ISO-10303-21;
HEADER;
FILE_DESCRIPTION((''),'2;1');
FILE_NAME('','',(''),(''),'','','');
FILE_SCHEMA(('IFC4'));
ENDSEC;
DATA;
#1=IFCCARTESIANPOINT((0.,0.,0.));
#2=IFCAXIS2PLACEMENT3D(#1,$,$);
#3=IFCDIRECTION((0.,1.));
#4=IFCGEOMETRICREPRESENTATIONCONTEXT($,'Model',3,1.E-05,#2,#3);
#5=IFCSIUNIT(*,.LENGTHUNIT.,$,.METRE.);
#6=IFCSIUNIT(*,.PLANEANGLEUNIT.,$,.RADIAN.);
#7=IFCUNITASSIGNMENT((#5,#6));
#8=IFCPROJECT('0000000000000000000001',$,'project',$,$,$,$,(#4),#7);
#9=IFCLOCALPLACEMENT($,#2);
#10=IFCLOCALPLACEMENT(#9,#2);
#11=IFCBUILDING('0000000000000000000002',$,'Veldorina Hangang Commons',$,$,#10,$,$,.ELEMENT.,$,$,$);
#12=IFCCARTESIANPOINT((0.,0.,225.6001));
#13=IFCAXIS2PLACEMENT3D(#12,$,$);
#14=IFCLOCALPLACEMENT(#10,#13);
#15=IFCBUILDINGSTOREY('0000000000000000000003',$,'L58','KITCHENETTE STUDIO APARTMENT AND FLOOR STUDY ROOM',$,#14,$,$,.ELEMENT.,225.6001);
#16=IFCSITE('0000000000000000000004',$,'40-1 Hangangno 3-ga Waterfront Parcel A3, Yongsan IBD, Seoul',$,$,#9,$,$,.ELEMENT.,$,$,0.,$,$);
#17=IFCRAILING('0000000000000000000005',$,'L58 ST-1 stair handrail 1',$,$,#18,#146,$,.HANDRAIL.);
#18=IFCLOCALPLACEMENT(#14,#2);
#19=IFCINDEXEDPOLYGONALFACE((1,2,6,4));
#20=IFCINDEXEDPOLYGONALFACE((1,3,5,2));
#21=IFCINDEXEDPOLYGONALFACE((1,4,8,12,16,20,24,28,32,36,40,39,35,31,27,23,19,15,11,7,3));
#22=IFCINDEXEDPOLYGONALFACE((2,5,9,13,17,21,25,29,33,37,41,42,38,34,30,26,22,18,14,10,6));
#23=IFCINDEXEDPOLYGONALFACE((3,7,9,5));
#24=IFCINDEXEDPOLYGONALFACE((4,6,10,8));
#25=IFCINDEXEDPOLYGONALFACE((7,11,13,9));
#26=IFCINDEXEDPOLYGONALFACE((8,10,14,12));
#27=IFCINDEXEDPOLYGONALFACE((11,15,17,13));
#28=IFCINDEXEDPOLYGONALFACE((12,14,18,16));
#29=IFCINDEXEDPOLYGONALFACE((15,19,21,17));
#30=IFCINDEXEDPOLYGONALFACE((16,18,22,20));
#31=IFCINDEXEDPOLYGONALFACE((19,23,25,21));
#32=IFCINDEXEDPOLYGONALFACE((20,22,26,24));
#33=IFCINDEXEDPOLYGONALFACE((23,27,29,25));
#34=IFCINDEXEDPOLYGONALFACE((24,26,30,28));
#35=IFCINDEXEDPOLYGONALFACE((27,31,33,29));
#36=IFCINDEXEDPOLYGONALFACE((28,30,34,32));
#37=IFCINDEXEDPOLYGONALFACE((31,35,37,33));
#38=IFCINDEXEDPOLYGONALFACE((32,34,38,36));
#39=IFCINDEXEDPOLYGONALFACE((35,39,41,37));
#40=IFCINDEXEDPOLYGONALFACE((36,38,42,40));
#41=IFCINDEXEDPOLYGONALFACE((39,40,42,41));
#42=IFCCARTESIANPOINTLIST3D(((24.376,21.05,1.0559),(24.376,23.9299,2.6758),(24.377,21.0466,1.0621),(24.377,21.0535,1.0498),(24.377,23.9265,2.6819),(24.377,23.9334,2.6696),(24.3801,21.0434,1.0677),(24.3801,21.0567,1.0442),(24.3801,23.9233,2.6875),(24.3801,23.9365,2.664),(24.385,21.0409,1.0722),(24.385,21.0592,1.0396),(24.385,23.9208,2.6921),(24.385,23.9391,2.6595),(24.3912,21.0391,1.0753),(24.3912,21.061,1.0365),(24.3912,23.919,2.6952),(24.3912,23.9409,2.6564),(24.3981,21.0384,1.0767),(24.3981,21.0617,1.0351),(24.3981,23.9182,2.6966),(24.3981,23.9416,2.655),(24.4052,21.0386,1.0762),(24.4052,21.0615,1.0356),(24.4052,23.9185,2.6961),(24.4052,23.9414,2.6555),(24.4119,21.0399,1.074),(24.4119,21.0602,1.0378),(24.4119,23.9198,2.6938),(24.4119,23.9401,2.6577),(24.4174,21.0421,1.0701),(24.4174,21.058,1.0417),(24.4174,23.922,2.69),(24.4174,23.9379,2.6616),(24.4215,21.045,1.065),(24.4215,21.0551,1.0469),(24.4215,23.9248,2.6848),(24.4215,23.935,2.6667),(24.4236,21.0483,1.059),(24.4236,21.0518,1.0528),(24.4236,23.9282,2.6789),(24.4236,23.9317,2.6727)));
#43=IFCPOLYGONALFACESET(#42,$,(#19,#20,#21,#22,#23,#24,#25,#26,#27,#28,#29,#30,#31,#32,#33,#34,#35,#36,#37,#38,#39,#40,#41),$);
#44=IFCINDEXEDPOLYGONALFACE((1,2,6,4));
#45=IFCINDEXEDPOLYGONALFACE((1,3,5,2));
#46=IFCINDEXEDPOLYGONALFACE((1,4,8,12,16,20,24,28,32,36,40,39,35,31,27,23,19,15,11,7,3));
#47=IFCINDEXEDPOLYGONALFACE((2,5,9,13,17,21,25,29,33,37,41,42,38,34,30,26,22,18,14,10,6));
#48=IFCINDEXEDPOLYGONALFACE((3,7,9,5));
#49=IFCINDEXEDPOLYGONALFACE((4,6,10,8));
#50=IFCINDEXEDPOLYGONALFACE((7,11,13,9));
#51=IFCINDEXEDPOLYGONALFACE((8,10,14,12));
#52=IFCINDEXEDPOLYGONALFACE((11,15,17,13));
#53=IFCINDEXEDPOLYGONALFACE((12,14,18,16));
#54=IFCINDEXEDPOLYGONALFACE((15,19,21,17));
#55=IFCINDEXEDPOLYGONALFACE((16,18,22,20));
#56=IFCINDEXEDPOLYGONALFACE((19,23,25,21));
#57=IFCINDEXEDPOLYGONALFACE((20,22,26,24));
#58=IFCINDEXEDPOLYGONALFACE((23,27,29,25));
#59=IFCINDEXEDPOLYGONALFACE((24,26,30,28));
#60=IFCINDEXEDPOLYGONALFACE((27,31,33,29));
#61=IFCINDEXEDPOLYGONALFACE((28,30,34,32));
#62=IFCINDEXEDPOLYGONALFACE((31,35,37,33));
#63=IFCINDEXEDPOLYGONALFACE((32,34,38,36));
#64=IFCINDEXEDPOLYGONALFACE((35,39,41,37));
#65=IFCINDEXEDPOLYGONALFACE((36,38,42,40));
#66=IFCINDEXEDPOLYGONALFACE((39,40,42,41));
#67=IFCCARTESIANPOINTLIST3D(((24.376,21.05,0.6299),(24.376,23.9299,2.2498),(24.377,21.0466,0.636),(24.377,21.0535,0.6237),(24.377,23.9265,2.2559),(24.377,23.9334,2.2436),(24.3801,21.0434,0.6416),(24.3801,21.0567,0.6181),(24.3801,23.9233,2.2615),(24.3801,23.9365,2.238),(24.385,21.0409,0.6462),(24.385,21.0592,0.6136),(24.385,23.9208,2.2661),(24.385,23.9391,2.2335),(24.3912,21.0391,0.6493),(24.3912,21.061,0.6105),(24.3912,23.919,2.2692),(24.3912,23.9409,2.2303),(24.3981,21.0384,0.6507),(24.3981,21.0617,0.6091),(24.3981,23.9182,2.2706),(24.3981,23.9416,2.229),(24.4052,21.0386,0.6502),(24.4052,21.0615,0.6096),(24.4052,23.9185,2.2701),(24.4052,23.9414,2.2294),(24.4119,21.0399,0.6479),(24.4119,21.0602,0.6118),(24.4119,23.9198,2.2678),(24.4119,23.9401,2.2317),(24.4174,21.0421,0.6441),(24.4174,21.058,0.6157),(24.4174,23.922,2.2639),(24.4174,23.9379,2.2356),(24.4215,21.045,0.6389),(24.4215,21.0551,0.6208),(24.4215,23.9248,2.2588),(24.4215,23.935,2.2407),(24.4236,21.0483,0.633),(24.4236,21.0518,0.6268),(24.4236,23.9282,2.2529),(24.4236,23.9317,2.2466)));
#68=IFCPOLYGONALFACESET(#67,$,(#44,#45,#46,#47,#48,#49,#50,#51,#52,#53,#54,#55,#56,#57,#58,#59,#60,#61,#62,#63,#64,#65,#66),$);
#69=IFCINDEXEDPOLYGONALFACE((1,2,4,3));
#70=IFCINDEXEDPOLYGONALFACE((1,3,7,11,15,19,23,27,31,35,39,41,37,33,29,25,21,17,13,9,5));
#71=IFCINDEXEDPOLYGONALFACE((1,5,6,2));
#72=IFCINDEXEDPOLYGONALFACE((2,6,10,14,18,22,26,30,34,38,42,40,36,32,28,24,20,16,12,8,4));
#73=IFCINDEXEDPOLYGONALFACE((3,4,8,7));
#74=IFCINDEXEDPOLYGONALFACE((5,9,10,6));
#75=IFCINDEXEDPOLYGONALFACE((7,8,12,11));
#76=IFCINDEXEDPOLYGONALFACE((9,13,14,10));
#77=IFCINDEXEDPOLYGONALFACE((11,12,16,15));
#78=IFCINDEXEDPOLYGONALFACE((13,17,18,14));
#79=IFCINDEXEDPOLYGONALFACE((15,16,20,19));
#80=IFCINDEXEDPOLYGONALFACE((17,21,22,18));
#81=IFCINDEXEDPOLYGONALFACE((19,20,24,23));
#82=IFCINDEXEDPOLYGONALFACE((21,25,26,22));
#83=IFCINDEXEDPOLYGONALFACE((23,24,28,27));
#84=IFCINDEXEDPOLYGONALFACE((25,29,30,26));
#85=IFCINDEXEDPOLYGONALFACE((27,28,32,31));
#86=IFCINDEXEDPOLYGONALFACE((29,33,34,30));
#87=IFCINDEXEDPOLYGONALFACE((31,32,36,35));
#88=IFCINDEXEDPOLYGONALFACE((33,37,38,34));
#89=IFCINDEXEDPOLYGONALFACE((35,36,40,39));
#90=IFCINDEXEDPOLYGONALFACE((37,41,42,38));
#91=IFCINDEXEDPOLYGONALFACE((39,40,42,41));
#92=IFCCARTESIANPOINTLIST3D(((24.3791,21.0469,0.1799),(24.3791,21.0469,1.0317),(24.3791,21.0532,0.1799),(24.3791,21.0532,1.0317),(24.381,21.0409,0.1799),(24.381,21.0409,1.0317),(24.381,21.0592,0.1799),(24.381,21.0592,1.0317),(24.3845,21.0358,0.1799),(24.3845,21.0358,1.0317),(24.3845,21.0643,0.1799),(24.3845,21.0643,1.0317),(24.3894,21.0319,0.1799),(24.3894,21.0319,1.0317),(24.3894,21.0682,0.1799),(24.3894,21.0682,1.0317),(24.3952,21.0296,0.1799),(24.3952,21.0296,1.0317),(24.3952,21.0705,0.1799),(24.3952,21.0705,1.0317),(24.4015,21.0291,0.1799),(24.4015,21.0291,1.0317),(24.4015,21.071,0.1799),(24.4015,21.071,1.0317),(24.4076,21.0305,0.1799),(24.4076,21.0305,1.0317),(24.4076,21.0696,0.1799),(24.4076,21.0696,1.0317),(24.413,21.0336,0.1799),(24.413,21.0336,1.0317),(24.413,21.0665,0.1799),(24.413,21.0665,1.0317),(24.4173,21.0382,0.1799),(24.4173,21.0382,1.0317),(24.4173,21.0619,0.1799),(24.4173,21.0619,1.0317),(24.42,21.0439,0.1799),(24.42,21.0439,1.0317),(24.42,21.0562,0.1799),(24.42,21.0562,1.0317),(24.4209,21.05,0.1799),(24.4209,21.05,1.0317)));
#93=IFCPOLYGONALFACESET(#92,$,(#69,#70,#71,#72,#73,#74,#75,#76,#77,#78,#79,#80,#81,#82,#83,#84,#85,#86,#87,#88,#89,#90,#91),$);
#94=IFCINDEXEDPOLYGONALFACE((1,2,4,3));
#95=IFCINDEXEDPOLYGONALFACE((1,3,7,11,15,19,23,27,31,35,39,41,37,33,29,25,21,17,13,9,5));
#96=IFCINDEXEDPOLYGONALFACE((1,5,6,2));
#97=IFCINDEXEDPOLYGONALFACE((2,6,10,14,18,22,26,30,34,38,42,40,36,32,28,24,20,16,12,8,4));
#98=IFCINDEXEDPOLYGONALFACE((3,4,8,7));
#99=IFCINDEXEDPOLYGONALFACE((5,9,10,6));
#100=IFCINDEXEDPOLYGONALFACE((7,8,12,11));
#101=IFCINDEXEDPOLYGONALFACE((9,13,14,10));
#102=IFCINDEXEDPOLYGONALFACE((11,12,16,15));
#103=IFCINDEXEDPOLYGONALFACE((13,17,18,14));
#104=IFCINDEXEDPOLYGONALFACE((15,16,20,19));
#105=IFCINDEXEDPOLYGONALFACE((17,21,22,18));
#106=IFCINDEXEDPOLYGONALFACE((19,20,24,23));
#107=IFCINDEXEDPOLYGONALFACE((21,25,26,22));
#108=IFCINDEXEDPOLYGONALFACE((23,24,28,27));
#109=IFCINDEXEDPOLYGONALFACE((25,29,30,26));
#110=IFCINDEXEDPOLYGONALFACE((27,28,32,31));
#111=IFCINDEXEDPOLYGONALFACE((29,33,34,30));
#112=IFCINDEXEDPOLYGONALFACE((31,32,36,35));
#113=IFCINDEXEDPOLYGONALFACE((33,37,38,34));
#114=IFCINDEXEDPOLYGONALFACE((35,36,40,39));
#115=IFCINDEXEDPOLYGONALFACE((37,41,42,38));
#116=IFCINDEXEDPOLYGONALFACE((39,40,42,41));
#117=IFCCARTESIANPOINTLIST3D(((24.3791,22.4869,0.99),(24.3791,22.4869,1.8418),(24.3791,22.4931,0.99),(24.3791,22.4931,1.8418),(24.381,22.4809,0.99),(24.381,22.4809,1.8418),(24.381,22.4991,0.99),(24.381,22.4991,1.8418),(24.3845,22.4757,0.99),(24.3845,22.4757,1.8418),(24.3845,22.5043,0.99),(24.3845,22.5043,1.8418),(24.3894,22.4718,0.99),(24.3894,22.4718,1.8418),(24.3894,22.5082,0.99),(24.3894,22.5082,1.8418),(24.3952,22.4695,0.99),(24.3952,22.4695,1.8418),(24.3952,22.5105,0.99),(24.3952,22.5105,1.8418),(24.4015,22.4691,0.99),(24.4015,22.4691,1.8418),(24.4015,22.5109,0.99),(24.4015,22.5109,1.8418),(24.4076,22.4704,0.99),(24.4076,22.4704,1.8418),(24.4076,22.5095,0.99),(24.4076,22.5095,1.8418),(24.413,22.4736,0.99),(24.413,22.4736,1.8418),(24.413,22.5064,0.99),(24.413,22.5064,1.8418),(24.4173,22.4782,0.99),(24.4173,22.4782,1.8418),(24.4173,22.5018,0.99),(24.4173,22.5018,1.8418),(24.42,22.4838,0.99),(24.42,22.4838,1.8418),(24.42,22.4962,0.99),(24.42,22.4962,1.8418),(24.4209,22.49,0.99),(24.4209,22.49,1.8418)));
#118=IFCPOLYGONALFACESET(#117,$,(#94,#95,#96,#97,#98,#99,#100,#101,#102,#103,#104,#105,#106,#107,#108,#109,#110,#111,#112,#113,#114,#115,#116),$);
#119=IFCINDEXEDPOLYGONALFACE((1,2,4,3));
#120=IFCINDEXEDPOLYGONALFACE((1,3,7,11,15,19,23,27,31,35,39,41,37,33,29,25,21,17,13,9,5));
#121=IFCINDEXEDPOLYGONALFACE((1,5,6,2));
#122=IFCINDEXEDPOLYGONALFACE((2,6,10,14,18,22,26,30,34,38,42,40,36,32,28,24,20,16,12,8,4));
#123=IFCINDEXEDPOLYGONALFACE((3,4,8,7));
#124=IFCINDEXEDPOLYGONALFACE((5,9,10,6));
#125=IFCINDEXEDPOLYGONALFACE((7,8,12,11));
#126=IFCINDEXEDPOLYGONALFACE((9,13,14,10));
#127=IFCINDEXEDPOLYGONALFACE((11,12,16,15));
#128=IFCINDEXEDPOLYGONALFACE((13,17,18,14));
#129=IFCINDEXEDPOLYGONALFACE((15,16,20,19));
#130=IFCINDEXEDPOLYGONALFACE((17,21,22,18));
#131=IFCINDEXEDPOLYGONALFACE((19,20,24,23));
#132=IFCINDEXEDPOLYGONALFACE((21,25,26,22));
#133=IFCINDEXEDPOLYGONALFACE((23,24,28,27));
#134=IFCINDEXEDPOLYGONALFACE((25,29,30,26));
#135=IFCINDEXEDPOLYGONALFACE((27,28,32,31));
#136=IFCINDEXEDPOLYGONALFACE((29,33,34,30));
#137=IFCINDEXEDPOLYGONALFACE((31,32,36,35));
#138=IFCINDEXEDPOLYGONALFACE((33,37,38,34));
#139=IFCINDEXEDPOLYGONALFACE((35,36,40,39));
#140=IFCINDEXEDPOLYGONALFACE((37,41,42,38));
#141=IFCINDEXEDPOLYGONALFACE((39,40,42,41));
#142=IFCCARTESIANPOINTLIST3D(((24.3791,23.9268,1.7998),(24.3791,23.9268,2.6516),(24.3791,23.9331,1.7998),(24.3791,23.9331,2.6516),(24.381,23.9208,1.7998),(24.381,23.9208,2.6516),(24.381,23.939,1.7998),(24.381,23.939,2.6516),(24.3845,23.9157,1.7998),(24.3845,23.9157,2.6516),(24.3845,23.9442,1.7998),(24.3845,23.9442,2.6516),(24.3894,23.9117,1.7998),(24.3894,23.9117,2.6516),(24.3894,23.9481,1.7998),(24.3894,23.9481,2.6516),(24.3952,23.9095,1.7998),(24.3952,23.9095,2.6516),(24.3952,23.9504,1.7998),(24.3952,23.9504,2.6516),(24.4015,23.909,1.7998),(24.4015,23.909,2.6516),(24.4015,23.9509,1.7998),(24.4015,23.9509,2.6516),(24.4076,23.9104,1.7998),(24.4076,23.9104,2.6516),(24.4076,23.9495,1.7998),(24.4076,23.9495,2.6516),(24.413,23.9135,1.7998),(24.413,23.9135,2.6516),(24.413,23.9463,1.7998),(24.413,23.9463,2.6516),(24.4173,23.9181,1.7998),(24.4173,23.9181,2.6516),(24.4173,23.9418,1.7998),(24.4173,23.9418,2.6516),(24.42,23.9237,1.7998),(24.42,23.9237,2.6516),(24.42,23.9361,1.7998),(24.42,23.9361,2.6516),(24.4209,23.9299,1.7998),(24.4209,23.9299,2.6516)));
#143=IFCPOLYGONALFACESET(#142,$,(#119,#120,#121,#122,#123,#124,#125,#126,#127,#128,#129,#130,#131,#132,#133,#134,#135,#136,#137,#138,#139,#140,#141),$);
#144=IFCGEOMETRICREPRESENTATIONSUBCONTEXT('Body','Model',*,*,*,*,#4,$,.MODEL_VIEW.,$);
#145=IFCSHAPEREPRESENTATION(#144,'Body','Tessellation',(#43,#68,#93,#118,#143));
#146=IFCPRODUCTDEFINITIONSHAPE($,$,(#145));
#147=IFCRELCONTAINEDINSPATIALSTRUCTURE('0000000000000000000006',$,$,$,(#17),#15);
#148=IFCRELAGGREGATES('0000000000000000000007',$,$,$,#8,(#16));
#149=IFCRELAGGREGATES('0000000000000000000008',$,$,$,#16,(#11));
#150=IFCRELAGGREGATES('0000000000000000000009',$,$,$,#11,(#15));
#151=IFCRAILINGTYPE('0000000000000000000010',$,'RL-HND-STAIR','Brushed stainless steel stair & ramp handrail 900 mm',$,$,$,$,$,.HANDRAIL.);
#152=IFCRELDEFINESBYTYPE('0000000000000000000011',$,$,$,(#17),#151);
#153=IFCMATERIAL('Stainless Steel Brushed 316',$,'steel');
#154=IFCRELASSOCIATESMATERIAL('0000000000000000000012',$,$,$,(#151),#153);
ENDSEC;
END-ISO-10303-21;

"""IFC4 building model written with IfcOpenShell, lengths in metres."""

from ifc_helpers import new_model, si_unit, direction, frame, origin, origin_2d, place, context, subcontext, project, spatial, circle, extrude, material, type_object, element, save


model = new_model("IFC4")

# Units and contexts
model_context = context("Model", 3, precision=1e-05, world=origin(), true_north=direction((0.0, 1.0)))
body_context = subcontext(model_context, "Body", "Model", "MODEL_VIEW")
ifc_project = project(units=[si_unit("LENGTHUNIT", "METRE"), si_unit("PLANEANGLEUNIT", "RADIAN")], contexts=[model_context])

# Site, building, storey
site_placement = place(None, origin())
site = spatial("IfcSite", under=ifc_project, at=site_placement, Name="40-1 Hangangno 3-ga Waterfront Parcel A3, Yongsan IBD, Seoul", CompositionType="ELEMENT", RefElevation=0.0)
building_placement = place(site_placement, origin())
building = spatial("IfcBuilding", under=site, at=building_placement, Name="Veldorina Hangang Commons", CompositionType="ELEMENT")
storey_placement = place(building_placement, frame((0.0, 0.0, 225.6001)))
storey = spatial("IfcBuildingStorey", under=building, at=storey_placement, Name="L58", Description="KITCHENETTE STUDIO APARTMENT AND FLOOR STUDY ROOM", CompositionType="ELEMENT", Elevation=225.6001)

# Railing
ifc_material_1 = material(Name="Stainless Steel Brushed 316", Category="steel")
railing_type_1 = type_object("IfcRailingType", Name="RL-HND-STAIR", Description="Brushed stainless steel stair & ramp handrail 900 mm", PredefinedType="HANDRAIL", material=ifc_material_1)
railing_1_placement = place(storey_placement, frame((24.3999, 21.05, 0.1799)))
element("IfcRailing", 1, at=railing_1_placement, inside=storey, type_object=railing_type_1, Name="L58 ST-1 stair handrail 1", PredefinedType="HANDRAIL", context=body_context, shape_type="SweptSolid", body=[
    extrude(circle(Radius=0.0239, at=origin_2d()), frame((0.0, 0.0, 0.876), z_axis=(0.0, 0.871583, 0.490247), x_axis=(-1.0, 0.0, 0.0)), (0.0, 0.0, 1.0), 3.3042),
    extrude(circle(Radius=0.0239, at=origin_2d()), frame((0.0, 0.0, 0.45), z_axis=(0.0, 0.871583, 0.490247), x_axis=(-1.0, 0.0, 0.0)), (0.0, 0.0, 1.0), 3.3042),
    extrude(circle(Radius=0.021, at=origin_2d()), origin(), (0.0, 0.0, 1.0), 0.8518),
    extrude(circle(Radius=0.021, at=origin_2d()), frame((0.0, 1.4399, 0.8101)), (0.0, 0.0, 1.0), 0.8518),
    extrude(circle(Radius=0.021, at=origin_2d()), frame((0.0, 2.8799, 1.6199)), (0.0, 0.0, 1.0), 0.8518),
])

save(model, "model.ifc")
